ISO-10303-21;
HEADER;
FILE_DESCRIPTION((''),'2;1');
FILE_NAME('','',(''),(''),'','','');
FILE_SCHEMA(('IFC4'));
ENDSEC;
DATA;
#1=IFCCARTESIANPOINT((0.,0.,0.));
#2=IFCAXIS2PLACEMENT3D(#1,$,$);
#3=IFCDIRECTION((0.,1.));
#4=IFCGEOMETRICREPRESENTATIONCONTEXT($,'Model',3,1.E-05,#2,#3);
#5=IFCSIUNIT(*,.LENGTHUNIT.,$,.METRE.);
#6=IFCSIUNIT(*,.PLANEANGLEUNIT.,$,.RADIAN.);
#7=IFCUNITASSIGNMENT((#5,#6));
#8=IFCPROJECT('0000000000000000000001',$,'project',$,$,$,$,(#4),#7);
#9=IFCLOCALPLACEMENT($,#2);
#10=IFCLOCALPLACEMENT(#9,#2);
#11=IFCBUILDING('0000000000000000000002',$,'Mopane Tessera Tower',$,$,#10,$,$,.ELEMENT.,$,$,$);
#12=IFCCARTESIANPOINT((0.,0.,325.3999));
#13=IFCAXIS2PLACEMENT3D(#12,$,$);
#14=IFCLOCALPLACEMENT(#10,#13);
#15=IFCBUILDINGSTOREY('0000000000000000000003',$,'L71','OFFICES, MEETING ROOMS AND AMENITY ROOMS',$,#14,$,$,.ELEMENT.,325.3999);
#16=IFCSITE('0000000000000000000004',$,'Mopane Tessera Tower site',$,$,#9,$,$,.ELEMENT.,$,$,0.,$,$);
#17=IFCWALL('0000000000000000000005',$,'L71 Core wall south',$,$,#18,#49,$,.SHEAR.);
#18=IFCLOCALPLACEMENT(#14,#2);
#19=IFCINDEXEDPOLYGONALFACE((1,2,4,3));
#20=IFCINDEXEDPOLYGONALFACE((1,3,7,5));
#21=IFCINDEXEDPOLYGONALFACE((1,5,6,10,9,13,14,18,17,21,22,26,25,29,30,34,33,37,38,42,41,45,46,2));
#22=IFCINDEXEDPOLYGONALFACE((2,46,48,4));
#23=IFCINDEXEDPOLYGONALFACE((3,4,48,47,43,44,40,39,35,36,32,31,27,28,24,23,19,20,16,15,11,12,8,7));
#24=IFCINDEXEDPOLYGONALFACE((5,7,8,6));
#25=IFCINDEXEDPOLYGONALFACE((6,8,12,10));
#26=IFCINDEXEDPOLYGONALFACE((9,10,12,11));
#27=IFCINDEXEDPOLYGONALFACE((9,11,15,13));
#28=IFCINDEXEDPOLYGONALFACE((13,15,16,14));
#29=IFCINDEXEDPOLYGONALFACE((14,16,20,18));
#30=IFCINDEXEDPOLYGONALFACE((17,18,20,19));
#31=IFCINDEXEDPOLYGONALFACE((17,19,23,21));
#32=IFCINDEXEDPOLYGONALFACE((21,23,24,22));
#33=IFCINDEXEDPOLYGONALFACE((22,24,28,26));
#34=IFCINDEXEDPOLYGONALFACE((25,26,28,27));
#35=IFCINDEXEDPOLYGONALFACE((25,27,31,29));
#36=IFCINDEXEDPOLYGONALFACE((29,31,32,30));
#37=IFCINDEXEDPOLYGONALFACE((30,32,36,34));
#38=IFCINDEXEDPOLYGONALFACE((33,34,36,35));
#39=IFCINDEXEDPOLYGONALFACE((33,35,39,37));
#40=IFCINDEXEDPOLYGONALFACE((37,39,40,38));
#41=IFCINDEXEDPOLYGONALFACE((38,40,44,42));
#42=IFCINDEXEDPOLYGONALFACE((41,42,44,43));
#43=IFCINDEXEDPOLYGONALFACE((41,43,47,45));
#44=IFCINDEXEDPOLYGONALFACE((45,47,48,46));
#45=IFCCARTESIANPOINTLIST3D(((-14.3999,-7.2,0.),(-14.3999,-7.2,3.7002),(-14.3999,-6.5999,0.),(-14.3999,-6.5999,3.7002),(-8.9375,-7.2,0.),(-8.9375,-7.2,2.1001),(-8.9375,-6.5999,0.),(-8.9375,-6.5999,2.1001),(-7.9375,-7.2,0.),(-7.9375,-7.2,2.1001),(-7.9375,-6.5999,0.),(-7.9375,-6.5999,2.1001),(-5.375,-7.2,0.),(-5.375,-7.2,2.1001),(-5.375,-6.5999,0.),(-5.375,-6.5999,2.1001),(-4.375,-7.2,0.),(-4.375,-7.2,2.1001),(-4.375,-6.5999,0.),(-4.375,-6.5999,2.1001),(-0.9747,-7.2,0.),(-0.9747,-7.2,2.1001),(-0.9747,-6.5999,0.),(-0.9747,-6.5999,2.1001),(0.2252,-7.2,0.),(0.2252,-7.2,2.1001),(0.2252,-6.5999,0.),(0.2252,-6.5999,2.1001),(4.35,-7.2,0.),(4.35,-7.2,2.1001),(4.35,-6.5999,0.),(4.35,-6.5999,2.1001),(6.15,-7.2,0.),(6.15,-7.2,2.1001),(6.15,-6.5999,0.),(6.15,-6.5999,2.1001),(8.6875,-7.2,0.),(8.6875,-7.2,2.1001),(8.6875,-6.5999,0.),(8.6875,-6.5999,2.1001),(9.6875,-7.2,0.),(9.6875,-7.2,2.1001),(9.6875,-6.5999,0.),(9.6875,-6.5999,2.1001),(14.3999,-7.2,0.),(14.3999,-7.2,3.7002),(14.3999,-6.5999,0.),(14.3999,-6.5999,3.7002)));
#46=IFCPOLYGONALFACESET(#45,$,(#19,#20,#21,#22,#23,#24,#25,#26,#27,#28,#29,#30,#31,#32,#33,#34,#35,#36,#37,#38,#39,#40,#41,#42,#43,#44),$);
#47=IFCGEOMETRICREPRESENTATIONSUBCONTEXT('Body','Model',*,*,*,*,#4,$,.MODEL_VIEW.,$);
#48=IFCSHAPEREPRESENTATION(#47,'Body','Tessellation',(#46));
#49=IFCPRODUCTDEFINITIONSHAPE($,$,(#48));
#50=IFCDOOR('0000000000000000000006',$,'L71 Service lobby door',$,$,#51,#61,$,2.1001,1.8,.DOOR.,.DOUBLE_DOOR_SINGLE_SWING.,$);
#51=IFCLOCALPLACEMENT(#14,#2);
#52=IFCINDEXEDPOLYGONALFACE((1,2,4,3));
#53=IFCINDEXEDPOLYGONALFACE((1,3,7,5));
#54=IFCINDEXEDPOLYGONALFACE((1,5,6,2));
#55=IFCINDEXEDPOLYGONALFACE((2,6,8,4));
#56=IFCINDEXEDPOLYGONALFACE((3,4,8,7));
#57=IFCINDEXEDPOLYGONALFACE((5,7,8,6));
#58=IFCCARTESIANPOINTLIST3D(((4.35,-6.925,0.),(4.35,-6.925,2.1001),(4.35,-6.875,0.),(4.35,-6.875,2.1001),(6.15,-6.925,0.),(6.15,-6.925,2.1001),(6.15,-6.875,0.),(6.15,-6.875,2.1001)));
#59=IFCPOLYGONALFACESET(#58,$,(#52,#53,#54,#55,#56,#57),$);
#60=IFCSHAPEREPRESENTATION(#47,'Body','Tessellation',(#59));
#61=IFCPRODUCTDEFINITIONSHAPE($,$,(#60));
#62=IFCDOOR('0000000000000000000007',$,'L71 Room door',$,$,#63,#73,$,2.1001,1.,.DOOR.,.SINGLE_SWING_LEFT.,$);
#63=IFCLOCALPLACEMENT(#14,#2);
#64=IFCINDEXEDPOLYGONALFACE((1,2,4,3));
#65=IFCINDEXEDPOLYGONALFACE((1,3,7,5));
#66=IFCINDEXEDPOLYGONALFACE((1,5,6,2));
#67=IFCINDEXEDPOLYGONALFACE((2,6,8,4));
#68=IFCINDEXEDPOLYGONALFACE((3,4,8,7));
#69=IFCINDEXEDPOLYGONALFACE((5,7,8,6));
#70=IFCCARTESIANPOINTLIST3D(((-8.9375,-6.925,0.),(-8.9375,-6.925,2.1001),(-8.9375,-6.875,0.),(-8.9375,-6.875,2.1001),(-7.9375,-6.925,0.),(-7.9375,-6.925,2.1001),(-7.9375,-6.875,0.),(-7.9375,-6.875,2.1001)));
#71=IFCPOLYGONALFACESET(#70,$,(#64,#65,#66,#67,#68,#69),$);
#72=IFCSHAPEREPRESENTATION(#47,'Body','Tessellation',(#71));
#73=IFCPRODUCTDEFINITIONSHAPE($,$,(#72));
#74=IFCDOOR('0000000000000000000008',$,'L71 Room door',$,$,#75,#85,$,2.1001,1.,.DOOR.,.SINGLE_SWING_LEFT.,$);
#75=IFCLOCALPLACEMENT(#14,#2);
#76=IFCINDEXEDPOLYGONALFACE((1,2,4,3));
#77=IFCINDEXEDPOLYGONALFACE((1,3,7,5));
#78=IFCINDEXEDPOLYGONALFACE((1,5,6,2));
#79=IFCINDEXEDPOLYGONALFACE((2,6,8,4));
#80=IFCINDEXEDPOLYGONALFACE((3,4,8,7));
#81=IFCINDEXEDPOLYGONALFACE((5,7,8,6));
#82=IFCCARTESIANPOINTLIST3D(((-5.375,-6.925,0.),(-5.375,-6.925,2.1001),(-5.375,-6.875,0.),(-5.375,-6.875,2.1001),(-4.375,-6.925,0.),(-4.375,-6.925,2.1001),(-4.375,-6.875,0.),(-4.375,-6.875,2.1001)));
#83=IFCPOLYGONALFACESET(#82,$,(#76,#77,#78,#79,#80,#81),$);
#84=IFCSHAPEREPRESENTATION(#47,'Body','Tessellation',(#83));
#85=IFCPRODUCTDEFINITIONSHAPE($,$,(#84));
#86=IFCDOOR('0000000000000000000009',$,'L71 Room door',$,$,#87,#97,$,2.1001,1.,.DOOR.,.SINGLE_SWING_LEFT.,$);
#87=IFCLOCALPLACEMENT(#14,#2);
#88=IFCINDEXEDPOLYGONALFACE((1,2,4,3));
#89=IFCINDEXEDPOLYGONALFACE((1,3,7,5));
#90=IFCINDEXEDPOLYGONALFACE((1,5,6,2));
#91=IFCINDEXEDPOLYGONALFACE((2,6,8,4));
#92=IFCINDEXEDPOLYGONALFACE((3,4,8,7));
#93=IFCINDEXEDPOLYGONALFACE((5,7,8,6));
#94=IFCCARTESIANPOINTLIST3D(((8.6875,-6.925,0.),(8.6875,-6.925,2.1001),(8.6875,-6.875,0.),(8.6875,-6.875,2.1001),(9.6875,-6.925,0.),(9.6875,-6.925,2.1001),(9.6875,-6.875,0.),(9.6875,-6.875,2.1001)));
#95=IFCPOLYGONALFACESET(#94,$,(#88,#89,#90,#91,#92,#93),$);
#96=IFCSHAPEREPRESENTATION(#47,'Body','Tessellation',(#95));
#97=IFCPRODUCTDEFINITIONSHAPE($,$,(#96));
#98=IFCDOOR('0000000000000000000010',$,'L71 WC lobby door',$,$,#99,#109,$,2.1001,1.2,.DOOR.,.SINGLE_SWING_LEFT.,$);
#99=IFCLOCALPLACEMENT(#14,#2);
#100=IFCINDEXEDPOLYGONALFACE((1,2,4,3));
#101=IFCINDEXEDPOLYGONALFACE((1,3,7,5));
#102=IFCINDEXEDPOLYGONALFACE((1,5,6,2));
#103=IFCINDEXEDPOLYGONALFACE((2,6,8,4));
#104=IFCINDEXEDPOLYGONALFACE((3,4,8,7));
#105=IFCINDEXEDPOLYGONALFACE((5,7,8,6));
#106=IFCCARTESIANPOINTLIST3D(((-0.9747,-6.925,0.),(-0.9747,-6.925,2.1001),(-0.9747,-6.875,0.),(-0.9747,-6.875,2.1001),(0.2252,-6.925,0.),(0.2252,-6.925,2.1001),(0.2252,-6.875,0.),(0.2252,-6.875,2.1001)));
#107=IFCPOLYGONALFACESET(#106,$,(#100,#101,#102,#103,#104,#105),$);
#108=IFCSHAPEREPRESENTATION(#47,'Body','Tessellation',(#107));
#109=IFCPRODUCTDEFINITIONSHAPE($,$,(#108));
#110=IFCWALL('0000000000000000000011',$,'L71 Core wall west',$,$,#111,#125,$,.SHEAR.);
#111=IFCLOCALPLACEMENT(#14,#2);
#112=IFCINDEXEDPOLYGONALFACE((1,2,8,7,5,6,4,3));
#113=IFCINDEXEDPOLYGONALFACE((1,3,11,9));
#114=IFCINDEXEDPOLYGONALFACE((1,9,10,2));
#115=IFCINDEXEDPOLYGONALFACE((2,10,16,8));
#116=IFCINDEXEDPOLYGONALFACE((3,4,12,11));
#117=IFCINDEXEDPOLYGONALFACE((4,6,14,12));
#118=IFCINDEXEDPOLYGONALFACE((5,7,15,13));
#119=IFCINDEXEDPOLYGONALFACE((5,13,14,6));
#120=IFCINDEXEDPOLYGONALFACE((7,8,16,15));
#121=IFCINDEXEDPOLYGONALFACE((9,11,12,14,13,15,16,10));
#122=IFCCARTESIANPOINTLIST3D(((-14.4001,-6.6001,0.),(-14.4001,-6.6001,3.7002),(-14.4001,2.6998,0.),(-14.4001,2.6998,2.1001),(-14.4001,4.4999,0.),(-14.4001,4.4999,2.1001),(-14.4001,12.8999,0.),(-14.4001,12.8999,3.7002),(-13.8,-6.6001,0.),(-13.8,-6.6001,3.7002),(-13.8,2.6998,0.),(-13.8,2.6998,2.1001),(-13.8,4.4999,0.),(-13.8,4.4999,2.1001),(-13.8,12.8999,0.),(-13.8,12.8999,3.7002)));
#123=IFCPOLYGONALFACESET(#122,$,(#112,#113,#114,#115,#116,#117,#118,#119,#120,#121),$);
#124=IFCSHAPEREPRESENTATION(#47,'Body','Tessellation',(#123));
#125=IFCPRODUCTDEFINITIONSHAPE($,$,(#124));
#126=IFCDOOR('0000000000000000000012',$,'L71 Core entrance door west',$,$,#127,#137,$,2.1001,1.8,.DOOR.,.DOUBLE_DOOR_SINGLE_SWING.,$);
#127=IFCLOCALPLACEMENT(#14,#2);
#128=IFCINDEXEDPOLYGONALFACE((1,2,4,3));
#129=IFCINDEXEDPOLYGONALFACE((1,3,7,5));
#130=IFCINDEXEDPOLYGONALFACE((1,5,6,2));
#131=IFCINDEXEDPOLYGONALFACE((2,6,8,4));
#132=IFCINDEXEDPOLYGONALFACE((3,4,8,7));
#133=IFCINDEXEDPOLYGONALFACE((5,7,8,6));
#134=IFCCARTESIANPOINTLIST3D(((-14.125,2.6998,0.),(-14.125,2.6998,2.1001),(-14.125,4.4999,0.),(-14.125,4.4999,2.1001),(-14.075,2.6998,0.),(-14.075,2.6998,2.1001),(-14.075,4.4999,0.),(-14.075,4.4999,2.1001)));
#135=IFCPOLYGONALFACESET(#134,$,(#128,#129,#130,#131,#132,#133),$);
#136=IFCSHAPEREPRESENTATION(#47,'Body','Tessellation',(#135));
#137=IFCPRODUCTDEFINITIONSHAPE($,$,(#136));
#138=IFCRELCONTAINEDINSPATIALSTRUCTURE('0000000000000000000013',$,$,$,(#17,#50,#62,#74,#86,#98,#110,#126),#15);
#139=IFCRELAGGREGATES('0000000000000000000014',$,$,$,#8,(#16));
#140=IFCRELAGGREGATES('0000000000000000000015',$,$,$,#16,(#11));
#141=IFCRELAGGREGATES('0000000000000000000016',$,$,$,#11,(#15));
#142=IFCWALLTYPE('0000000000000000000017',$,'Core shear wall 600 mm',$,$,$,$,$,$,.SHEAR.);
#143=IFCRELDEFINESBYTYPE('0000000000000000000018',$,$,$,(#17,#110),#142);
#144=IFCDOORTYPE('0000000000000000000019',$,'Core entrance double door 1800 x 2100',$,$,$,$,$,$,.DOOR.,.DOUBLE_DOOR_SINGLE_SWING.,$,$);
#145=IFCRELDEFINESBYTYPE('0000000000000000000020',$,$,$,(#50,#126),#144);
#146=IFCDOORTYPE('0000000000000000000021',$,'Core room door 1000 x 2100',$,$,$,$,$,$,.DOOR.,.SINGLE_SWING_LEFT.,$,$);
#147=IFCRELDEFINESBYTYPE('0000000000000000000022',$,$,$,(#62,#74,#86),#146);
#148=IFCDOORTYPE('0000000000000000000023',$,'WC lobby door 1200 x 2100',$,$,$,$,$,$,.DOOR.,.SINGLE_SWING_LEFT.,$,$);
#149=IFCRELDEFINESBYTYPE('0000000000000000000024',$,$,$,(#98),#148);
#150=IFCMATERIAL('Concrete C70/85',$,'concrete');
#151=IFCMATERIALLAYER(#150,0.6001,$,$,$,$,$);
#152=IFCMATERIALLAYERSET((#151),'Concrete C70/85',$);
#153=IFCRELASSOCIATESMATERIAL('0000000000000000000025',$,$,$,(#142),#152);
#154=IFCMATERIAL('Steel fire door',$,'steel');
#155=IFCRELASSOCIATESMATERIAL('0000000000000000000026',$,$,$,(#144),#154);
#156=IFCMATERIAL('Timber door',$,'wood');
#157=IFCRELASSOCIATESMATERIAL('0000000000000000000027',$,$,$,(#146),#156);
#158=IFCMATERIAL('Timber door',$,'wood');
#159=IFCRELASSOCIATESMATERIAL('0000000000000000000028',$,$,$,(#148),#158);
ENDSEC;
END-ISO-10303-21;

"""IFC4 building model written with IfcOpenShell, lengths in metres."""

from ifc_helpers import new_model, si_unit, direction, frame, frame_2d, origin, place, context, subcontext, project, spatial, rectangle, extrude, material, layer, layer_set, type_object, element, fill, save


model = new_model("IFC4")

# Units and contexts
model_context = context("Model", 3, precision=1e-05, world=origin(), true_north=direction((0.0, 1.0)))
body_context = subcontext(model_context, "Body", "Model", "MODEL_VIEW")
ifc_project = project(units=[si_unit("LENGTHUNIT", "METRE"), si_unit("PLANEANGLEUNIT", "RADIAN")], contexts=[model_context])

# Site, building, storey
site_placement = place(None, origin())
site = spatial("IfcSite", under=ifc_project, at=site_placement, Name="Mopane Tessera Tower site", CompositionType="ELEMENT", RefElevation=0.0)
building_placement = place(site_placement, origin())
building = spatial("IfcBuilding", under=site, at=building_placement, Name="Mopane Tessera Tower", CompositionType="ELEMENT")
storey_placement = place(building_placement, frame((0.0, 0.0, 325.3999)))
storey = spatial("IfcBuildingStorey", under=building, at=storey_placement, Name="L71", Description="OFFICES, MEETING ROOMS AND AMENITY ROOMS", CompositionType="ELEMENT", Elevation=325.3999)

# Wall, openings, doors
ifc_material_1 = material(Name="Concrete C70/85", Category="concrete")
ifc_layer_1 = layer(ifc_material_1, 0.6001)
ifc_layer_set_1 = layer_set([ifc_layer_1], Name="Concrete C70/85")
wall_type_1 = type_object("IfcWallType", Name="Core shear wall 600 mm", PredefinedType="SHEAR", material=ifc_layer_set_1)
wall_1_placement = place(storey_placement, frame((-14.3999, -6.8999, 0.0), z_axis=(0.0, 0.0, 1.0), x_axis=(1.0, 0.0, 0.0)))
wall_1 = element("IfcWall", 1, at=wall_1_placement, inside=storey, type_object=wall_type_1, Name="L71 Core wall south", PredefinedType="SHEAR", context=body_context, shape_type="SweptSolid", body=[
    extrude(rectangle(XDim=28.7998, YDim=0.6001, at=frame_2d((14.3999, 0.0))), origin(), (0.0, 0.0, 1.0), 3.7002),
])
opening_1_placement = place(wall_1_placement, frame((5.4624, 0.0, 0.0)))
opening_1 = element("IfcOpeningElement", 2, at=opening_1_placement, cuts=wall_1, PredefinedType="OPENING", context=body_context, shape_type="SweptSolid", body=[
    extrude(rectangle(XDim=1.0, YDim=2.1001, at=frame_2d((0.5, 1.05))), frame((0.0, 0.312, 0.0), z_axis=(0.0, -1.0, 0.0), x_axis=(1.0, 0.0, 0.0)), (0.0, 0.0, 1.0), 0.624),
])
opening_2_placement = place(wall_1_placement, frame((9.0249, 0.0, 0.0)))
opening_2 = element("IfcOpeningElement", 3, at=opening_2_placement, cuts=wall_1, PredefinedType="OPENING", context=body_context, shape_type="SweptSolid", body=[
    extrude(rectangle(XDim=1.0, YDim=2.1001, at=frame_2d((0.5, 1.05))), frame((0.0, 0.312, 0.0), z_axis=(0.0, -1.0, 0.0), x_axis=(1.0, 0.0, 0.0)), (0.0, 0.0, 1.0), 0.624),
])
opening_3_placement = place(wall_1_placement, frame((13.425, 0.0, 0.0)))
opening_3 = element("IfcOpeningElement", 4, at=opening_3_placement, cuts=wall_1, PredefinedType="OPENING", context=body_context, shape_type="SweptSolid", body=[
    extrude(rectangle(XDim=1.2, YDim=2.1001, at=frame_2d((0.6001, 1.05))), frame((0.0, 0.312, 0.0), z_axis=(0.0, -1.0, 0.0), x_axis=(1.0, 0.0, 0.0)), (0.0, 0.0, 1.0), 0.624),
])
opening_4_placement = place(wall_1_placement, frame((18.75, 0.0, 0.0)))
opening_4 = element("IfcOpeningElement", 5, at=opening_4_placement, cuts=wall_1, PredefinedType="OPENING", context=body_context, shape_type="SweptSolid", body=[
    extrude(rectangle(XDim=1.8, YDim=2.1001, at=frame_2d((0.8999, 1.05))), frame((0.0, 0.312, 0.0), z_axis=(0.0, -1.0, 0.0), x_axis=(1.0, 0.0, 0.0)), (0.0, 0.0, 1.0), 0.624),
])
opening_5_placement = place(wall_1_placement, frame((23.0874, 0.0, 0.0)))
opening_5 = element("IfcOpeningElement", 6, at=opening_5_placement, cuts=wall_1, PredefinedType="OPENING", context=body_context, shape_type="SweptSolid", body=[
    extrude(rectangle(XDim=1.0, YDim=2.1001, at=frame_2d((0.5, 1.05))), frame((0.0, 0.312, 0.0), z_axis=(0.0, -1.0, 0.0), x_axis=(1.0, 0.0, 0.0)), (0.0, 0.0, 1.0), 0.624),
])
ifc_material_2 = material(Name="Steel fire door", Category="steel")
door_type_1 = type_object("IfcDoorType", Name="Core entrance double door 1800 x 2100", OperationType="DOUBLE_DOOR_SINGLE_SWING", PredefinedType="DOOR", material=ifc_material_2)
door_1_placement = place(opening_4_placement, origin())
door_1 = element("IfcDoor", 7, at=door_1_placement, inside=storey, type_object=door_type_1, Name="L71 Service lobby door", OperationType="DOUBLE_DOOR_SINGLE_SWING", OverallHeight=2.1001, OverallWidth=1.8, PredefinedType="DOOR", context=body_context, shape_type="SweptSolid", body=[
    extrude(rectangle(XDim=1.8, YDim=2.1001, at=frame_2d((0.8999, 1.05))), frame((0.0, 0.0249, 0.0), z_axis=(0.0, -1.0, 0.0), x_axis=(1.0, 0.0, 0.0)), (0.0, 0.0, 1.0), 0.05),
])
fill(opening_4, door_1)
ifc_material_3 = material(Name="Timber door", Category="wood")
door_type_2 = type_object("IfcDoorType", Name="Core room door 1000 x 2100", OperationType="SINGLE_SWING_LEFT", PredefinedType="DOOR", material=ifc_material_3)
door_2_placement = place(opening_1_placement, origin())
door_2 = element("IfcDoor", 8, at=door_2_placement, inside=storey, type_object=door_type_2, Name="L71 Room door", OperationType="SINGLE_SWING_LEFT", OverallHeight=2.1001, OverallWidth=1.0, PredefinedType="DOOR", context=body_context, shape_type="SweptSolid", body=[
    extrude(rectangle(XDim=1.0, YDim=2.1001, at=frame_2d((0.5, 1.05))), frame((0.0, 0.0249, 0.0), z_axis=(0.0, -1.0, 0.0), x_axis=(1.0, 0.0, 0.0)), (0.0, 0.0, 1.0), 0.05),
])
fill(opening_1, door_2)
door_3_placement = place(opening_2_placement, origin())
door_3 = element("IfcDoor", 9, at=door_3_placement, inside=storey, type_object=door_type_2, Name="L71 Room door", OperationType="SINGLE_SWING_LEFT", OverallHeight=2.1001, OverallWidth=1.0, PredefinedType="DOOR", context=body_context, shape_type="SweptSolid", body=[
    extrude(rectangle(XDim=1.0, YDim=2.1001, at=frame_2d((0.5, 1.05))), frame((0.0, 0.0249, 0.0), z_axis=(0.0, -1.0, 0.0), x_axis=(1.0, 0.0, 0.0)), (0.0, 0.0, 1.0), 0.05),
])
fill(opening_2, door_3)
door_4_placement = place(opening_5_placement, origin())
door_4 = element("IfcDoor", 10, at=door_4_placement, inside=storey, type_object=door_type_2, Name="L71 Room door", OperationType="SINGLE_SWING_LEFT", OverallHeight=2.1001, OverallWidth=1.0, PredefinedType="DOOR", context=body_context, shape_type="SweptSolid", body=[
    extrude(rectangle(XDim=1.0, YDim=2.1001, at=frame_2d((0.5, 1.05))), frame((0.0, 0.0249, 0.0), z_axis=(0.0, -1.0, 0.0), x_axis=(1.0, 0.0, 0.0)), (0.0, 0.0, 1.0), 0.05),
])
fill(opening_5, door_4)
ifc_material_4 = material(Name="Timber door", Category="wood")
door_type_3 = type_object("IfcDoorType", Name="WC lobby door 1200 x 2100", OperationType="SINGLE_SWING_LEFT", PredefinedType="DOOR", material=ifc_material_4)
door_5_placement = place(opening_3_placement, origin())
door_5 = element("IfcDoor", 11, at=door_5_placement, inside=storey, type_object=door_type_3, Name="L71 WC lobby door", OperationType="SINGLE_SWING_LEFT", OverallHeight=2.1001, OverallWidth=1.2, PredefinedType="DOOR", context=body_context, shape_type="SweptSolid", body=[
    extrude(rectangle(XDim=1.2, YDim=2.1001, at=frame_2d((0.6001, 1.05))), frame((0.0, 0.0249, 0.0), z_axis=(0.0, -1.0, 0.0), x_axis=(1.0, 0.0, 0.0)), (0.0, 0.0, 1.0), 0.05),
])
fill(opening_3, door_5)

# Wall, opening, door
wall_2_placement = place(storey_placement, frame((-14.1001, -6.6001, 0.0), z_axis=(0.0, 0.0, 1.0), x_axis=(0.0, 1.0, 0.0)))
wall_2 = element("IfcWall", 12, at=wall_2_placement, inside=storey, type_object=wall_type_1, Name="L71 Core wall west", PredefinedType="SHEAR", context=body_context, shape_type="SweptSolid", body=[
    extrude(rectangle(XDim=19.5, YDim=0.6001, at=frame_2d((9.75, 0.0))), origin(), (0.0, 0.0, 1.0), 3.7002),
])
opening_6_placement = place(wall_2_placement, frame((9.3, 0.0, 0.0)))
opening_6 = element("IfcOpeningElement", 13, at=opening_6_placement, cuts=wall_2, PredefinedType="OPENING", context=body_context, shape_type="SweptSolid", body=[
    extrude(rectangle(XDim=1.8, YDim=2.1001, at=frame_2d((0.8999, 1.05))), frame((0.0, 0.312, 0.0), z_axis=(0.0, -1.0, 0.0), x_axis=(1.0, 0.0, 0.0)), (0.0, 0.0, 1.0), 0.624),
])
door_6_placement = place(opening_6_placement, origin())
door_6 = element("IfcDoor", 14, at=door_6_placement, inside=storey, type_object=door_type_1, Name="L71 Core entrance door west", OperationType="DOUBLE_DOOR_SINGLE_SWING", OverallHeight=2.1001, OverallWidth=1.8, PredefinedType="DOOR", context=body_context, shape_type="SweptSolid", body=[
    extrude(rectangle(XDim=1.8, YDim=2.1001, at=frame_2d((0.8999, 1.05))), frame((0.0, 0.0249, 0.0), z_axis=(0.0, -1.0, 0.0), x_axis=(1.0, 0.0, 0.0)), (0.0, 0.0, 1.0), 0.05),
])
fill(opening_6, door_6)

save(model, "model.ifc")
